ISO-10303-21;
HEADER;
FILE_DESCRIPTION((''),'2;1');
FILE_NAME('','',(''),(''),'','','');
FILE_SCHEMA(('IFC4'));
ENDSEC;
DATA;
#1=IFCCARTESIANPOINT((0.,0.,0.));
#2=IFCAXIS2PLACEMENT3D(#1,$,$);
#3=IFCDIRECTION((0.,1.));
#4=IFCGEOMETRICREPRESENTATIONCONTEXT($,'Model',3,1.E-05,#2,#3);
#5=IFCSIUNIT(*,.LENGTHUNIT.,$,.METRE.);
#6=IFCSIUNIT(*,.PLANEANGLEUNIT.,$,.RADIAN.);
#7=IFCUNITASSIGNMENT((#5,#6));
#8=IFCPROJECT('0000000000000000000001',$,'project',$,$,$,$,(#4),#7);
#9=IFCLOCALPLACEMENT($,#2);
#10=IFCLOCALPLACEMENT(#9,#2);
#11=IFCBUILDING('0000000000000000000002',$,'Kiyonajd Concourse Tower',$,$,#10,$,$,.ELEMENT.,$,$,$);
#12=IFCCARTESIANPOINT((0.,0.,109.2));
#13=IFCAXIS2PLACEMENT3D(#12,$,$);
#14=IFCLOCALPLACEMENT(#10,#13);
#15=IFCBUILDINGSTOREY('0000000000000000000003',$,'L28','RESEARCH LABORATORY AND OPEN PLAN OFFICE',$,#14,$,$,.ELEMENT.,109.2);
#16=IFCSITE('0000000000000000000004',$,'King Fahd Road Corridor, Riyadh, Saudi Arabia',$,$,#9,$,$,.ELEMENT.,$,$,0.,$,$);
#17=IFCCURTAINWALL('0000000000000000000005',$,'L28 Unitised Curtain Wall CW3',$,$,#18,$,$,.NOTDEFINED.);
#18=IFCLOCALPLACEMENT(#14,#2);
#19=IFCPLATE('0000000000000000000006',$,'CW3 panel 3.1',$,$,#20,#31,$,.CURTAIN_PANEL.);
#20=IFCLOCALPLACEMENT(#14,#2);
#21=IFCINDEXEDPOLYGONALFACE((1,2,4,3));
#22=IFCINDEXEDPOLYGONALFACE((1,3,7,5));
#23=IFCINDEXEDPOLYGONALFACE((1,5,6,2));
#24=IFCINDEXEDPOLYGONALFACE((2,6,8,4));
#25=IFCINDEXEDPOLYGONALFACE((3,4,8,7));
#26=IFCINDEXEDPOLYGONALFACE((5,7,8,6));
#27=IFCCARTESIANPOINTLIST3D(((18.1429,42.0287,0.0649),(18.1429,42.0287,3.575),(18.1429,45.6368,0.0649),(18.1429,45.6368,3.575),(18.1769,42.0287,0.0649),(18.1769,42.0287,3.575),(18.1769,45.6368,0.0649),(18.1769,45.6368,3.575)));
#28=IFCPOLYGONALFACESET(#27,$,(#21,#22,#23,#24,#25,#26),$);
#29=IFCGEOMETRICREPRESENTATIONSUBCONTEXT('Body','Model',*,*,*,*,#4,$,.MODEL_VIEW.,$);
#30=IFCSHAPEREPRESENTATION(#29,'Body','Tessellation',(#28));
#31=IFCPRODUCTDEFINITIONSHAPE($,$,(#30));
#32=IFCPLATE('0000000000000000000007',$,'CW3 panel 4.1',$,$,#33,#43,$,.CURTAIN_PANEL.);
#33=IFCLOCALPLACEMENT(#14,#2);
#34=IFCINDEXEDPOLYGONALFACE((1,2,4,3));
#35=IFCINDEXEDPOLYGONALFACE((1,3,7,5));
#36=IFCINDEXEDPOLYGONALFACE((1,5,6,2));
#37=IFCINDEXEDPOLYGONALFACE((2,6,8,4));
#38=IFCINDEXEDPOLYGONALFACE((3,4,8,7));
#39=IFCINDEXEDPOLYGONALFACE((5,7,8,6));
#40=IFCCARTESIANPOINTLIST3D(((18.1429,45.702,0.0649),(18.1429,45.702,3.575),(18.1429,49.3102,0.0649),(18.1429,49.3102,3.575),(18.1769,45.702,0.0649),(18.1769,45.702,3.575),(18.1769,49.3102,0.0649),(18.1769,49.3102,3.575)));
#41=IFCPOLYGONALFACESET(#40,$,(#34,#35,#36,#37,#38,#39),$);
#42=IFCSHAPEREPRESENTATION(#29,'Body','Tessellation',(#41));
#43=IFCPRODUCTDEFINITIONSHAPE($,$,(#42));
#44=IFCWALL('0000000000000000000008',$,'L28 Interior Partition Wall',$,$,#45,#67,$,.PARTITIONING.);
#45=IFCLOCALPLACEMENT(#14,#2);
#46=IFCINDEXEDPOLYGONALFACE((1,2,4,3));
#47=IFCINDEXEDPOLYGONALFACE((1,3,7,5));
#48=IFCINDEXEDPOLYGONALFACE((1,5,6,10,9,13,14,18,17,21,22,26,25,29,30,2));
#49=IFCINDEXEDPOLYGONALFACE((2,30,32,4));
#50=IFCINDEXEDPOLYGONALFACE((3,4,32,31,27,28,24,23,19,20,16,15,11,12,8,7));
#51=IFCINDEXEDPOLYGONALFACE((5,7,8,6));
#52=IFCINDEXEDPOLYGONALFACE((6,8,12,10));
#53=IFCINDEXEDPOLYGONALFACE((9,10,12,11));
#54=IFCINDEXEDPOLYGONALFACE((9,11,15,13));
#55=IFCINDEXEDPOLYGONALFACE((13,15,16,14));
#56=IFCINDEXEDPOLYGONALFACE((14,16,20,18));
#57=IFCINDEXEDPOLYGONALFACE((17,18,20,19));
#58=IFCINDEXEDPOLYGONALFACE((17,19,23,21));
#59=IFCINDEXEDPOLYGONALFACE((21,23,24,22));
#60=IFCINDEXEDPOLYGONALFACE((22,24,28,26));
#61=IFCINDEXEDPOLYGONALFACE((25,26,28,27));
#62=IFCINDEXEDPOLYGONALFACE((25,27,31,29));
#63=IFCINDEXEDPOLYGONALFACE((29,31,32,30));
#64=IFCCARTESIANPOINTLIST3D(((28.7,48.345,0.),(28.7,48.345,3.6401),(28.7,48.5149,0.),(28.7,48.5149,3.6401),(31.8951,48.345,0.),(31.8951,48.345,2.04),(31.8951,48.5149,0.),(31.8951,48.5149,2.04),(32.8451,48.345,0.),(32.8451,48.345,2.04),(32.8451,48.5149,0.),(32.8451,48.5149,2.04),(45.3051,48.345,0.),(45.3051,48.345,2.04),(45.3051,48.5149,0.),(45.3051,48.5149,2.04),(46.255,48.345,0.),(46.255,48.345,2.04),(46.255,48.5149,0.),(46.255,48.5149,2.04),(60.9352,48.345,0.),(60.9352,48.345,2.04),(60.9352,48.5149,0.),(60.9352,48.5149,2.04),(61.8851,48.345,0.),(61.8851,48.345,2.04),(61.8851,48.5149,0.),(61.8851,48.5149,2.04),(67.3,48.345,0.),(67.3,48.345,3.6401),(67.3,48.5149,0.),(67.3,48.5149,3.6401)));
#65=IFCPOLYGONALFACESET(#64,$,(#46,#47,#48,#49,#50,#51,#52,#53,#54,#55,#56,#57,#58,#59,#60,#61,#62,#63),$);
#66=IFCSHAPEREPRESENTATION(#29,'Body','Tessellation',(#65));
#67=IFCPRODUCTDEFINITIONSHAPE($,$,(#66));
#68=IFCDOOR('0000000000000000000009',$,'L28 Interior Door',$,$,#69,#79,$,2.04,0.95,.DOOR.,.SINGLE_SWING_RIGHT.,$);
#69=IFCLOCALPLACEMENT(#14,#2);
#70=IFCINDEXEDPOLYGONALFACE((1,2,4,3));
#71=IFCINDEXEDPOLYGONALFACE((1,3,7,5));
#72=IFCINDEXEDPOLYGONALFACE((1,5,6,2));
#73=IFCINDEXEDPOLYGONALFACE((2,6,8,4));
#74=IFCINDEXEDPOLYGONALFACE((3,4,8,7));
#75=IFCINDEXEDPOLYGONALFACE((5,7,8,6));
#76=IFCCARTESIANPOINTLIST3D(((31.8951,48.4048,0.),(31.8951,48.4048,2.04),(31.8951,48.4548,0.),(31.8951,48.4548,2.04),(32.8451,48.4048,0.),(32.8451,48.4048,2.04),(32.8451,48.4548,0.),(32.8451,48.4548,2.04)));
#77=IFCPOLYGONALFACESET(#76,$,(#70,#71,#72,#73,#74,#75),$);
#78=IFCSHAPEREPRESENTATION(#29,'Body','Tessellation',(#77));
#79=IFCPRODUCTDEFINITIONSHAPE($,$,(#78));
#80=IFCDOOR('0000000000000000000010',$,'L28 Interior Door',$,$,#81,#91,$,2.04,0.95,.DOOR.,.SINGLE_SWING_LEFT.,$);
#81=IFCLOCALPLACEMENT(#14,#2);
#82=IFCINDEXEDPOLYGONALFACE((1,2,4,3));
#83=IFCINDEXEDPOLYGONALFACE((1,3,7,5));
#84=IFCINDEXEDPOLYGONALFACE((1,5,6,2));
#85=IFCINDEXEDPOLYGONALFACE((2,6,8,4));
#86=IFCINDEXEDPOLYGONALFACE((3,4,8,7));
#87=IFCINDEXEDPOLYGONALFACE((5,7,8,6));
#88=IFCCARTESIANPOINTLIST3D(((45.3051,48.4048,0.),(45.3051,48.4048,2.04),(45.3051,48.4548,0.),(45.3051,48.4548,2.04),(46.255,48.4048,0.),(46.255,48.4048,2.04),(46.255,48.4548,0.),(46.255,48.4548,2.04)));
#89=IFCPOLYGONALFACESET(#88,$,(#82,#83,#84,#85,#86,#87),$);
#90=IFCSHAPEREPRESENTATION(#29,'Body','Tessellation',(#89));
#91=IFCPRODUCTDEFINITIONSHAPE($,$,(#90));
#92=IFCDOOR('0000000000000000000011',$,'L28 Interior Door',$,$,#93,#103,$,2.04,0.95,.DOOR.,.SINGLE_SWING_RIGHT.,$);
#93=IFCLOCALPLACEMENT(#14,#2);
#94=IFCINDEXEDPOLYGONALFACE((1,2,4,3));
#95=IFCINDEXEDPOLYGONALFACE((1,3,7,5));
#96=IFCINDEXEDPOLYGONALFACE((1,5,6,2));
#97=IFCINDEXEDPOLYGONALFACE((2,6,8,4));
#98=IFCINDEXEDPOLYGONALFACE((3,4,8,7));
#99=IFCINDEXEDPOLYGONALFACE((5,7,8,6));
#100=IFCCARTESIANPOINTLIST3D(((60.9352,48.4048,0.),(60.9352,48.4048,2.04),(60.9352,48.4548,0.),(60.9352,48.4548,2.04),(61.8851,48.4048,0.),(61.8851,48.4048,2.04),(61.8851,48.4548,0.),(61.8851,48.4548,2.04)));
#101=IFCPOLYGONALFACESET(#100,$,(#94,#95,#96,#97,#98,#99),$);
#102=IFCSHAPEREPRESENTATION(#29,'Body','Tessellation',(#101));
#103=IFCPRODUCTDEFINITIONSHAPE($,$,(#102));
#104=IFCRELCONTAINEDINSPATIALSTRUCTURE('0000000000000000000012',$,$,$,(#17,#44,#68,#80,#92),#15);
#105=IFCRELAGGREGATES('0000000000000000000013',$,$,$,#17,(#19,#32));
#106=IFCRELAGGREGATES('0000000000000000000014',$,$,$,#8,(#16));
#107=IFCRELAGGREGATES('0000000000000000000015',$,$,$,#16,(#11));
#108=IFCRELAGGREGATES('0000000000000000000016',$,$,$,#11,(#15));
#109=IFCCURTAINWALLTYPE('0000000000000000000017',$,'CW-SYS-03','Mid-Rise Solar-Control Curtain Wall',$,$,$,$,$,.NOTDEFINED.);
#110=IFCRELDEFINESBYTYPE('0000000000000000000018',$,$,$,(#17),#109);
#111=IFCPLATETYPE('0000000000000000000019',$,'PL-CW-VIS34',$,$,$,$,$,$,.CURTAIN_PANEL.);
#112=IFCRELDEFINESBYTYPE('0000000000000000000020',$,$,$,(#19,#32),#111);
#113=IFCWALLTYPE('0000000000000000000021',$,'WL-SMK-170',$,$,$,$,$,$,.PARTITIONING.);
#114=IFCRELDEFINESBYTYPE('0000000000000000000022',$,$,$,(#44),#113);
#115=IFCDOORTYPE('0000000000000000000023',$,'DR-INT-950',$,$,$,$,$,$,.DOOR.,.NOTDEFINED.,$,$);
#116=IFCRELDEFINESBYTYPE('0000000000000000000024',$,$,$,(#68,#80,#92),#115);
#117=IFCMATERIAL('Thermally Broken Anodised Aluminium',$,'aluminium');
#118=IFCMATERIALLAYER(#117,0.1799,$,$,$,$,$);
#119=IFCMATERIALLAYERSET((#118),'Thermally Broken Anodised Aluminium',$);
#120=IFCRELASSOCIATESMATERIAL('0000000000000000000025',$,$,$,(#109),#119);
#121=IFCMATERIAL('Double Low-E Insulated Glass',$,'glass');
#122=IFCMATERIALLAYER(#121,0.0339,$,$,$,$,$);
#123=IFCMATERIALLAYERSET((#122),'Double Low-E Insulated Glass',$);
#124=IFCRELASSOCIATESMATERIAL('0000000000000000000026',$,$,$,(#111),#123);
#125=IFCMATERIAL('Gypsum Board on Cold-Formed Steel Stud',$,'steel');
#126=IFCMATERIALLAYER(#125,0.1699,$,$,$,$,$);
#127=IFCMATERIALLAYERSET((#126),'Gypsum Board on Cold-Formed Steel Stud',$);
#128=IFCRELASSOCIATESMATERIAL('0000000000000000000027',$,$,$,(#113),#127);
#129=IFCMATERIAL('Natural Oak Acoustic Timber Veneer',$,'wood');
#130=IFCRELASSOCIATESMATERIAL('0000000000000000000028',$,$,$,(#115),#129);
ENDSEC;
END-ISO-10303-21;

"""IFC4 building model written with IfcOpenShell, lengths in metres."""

from ifc_helpers import new_model, si_unit, direction, frame, frame_2d, origin, origin_2d, place, context, subcontext, project, spatial, rectangle, extrude, material, layer, layer_set, type_object, element, fill, aggregate, save


model = new_model("IFC4")

# Units and contexts
model_context = context("Model", 3, precision=1e-05, world=origin(), true_north=direction((0.0, 1.0)))
body_context = subcontext(model_context, "Body", "Model", "MODEL_VIEW")
ifc_project = project(units=[si_unit("LENGTHUNIT", "METRE"), si_unit("PLANEANGLEUNIT", "RADIAN")], contexts=[model_context])

# Site, building, storey
site_placement = place(None, origin())
site = spatial("IfcSite", under=ifc_project, at=site_placement, Name="King Fahd Road Corridor, Riyadh, Saudi Arabia", CompositionType="ELEMENT", RefElevation=0.0)
building_placement = place(site_placement, origin())
building = spatial("IfcBuilding", under=site, at=building_placement, Name="Kiyonajd Concourse Tower", CompositionType="ELEMENT")
storey_placement = place(building_placement, frame((0.0, 0.0, 109.2)))
storey = spatial("IfcBuildingStorey", under=building, at=storey_placement, Name="L28", Description="RESEARCH LABORATORY AND OPEN PLAN OFFICE", CompositionType="ELEMENT", Elevation=109.2)

# Curtain wall, plates
ifc_material_1 = material(Name="Thermally Broken Anodised Aluminium", Category="aluminium")
ifc_layer_1 = layer(ifc_material_1, 0.1799)
ifc_layer_set_1 = layer_set([ifc_layer_1], Name="Thermally Broken Anodised Aluminium")
curtain_wall_type = type_object("IfcCurtainWallType", Name="CW-SYS-03", Description="Mid-Rise Solar-Control Curtain Wall", PredefinedType="NOTDEFINED", material=ifc_layer_set_1)
curtain_wall_placement = place(storey_placement, origin())
curtain_wall = element("IfcCurtainWall", 1, at=curtain_wall_placement, inside=storey, type_object=curtain_wall_type, Name="L28 Unitised Curtain Wall CW3", PredefinedType="NOTDEFINED")
ifc_material_2 = material(Name="Double Low-E Insulated Glass", Category="glass")
ifc_layer_2 = layer(ifc_material_2, 0.0339)
ifc_layer_set_2 = layer_set([ifc_layer_2], Name="Double Low-E Insulated Glass")
plate_type = type_object("IfcPlateType", Name="PL-CW-VIS34", PredefinedType="CURTAIN_PANEL", material=ifc_layer_set_2)
plate_1_placement = place(storey_placement, frame((18.1599, 43.8328, 0.0649), z_axis=(0.0, 0.0, 1.0), x_axis=(0.0, 1.0, 0.0)))
plate_1 = element("IfcPlate", 2, at=plate_1_placement, type_object=plate_type, Name="CW3 panel 3.1", PredefinedType="CURTAIN_PANEL", context=body_context, shape_type="SweptSolid", body=[
    extrude(rectangle(XDim=3.6082, YDim=0.0339, at=origin_2d()), origin(), (0.0, 0.0, 1.0), 3.51),
])
plate_2_placement = place(storey_placement, frame((18.1599, 47.5061, 0.0649), z_axis=(0.0, 0.0, 1.0), x_axis=(0.0, 1.0, 0.0)))
plate_2 = element("IfcPlate", 3, at=plate_2_placement, type_object=plate_type, Name="CW3 panel 4.1", PredefinedType="CURTAIN_PANEL", context=body_context, shape_type="SweptSolid", body=[
    extrude(rectangle(XDim=3.6082, YDim=0.0339, at=origin_2d()), origin(), (0.0, 0.0, 1.0), 3.51),
])
aggregate(curtain_wall, [plate_1, plate_2])

# Wall, openings, doors
ifc_material_3 = material(Name="Gypsum Board on Cold-Formed Steel Stud", Category="steel")
ifc_layer_3 = layer(ifc_material_3, 0.1699)
ifc_layer_set_3 = layer_set([ifc_layer_3], Name="Gypsum Board on Cold-Formed Steel Stud")
wall_type = type_object("IfcWallType", Name="WL-SMK-170", PredefinedType="PARTITIONING", material=ifc_layer_set_3)
wall_placement = place(storey_placement, frame((28.7, 48.4299, 0.0), z_axis=(0.0, 0.0, 1.0), x_axis=(1.0, 0.0, 0.0)))
wall = element("IfcWall", 4, at=wall_placement, inside=storey, type_object=wall_type, Name="L28 Interior Partition Wall", PredefinedType="PARTITIONING", context=body_context, shape_type="SweptSolid", body=[
    extrude(rectangle(XDim=38.6001, YDim=0.1699, at=frame_2d((19.3, 0.0))), origin(), (0.0, 0.0, 1.0), 3.6401),
])
opening_1_placement = place(wall_placement, frame((3.1951, 0.0, 0.0)))
opening_1 = element("IfcOpeningElement", 5, at=opening_1_placement, cuts=wall, PredefinedType="OPENING", context=body_context, shape_type="SweptSolid", body=[
    extrude(rectangle(XDim=0.95, YDim=2.04, at=frame_2d((0.4751, 1.02))), frame((0.0, 0.095, 0.0), z_axis=(0.0, -1.0, 0.0), x_axis=(1.0, 0.0, 0.0)), (0.0, 0.0, 1.0), 0.1899),
])
opening_2_placement = place(wall_placement, frame((16.605, 0.0, 0.0)))
opening_2 = element("IfcOpeningElement", 6, at=opening_2_placement, cuts=wall, PredefinedType="OPENING", context=body_context, shape_type="SweptSolid", body=[
    extrude(rectangle(XDim=0.95, YDim=2.04, at=frame_2d((0.4751, 1.02))), frame((0.0, 0.095, 0.0), z_axis=(0.0, -1.0, 0.0), x_axis=(1.0, 0.0, 0.0)), (0.0, 0.0, 1.0), 0.1899),
])
opening_3_placement = place(wall_placement, frame((32.2351, 0.0, 0.0)))
opening_3 = element("IfcOpeningElement", 7, at=opening_3_placement, cuts=wall, PredefinedType="OPENING", context=body_context, shape_type="SweptSolid", body=[
    extrude(rectangle(XDim=0.95, YDim=2.04, at=frame_2d((0.4751, 1.02))), frame((0.0, 0.095, 0.0), z_axis=(0.0, -1.0, 0.0), x_axis=(1.0, 0.0, 0.0)), (0.0, 0.0, 1.0), 0.1899),
])
ifc_material_4 = material(Name="Natural Oak Acoustic Timber Veneer", Category="wood")
door_type = type_object("IfcDoorType", Name="DR-INT-950", OperationType="NOTDEFINED", PredefinedType="DOOR", material=ifc_material_4)
door_1_placement = place(opening_1_placement, origin())
door_1 = element("IfcDoor", 8, at=door_1_placement, inside=storey, type_object=door_type, Name="L28 Interior Door", OperationType="SINGLE_SWING_RIGHT", OverallHeight=2.04, OverallWidth=0.95, PredefinedType="DOOR", context=body_context, shape_type="SweptSolid", body=[
    extrude(rectangle(XDim=0.95, YDim=2.04, at=frame_2d((0.4751, 1.02))), frame((0.0, 0.0249, 0.0), z_axis=(0.0, -1.0, 0.0), x_axis=(1.0, 0.0, 0.0)), (0.0, 0.0, 1.0), 0.05),
])
fill(opening_1, door_1)
door_2_placement = place(opening_2_placement, origin())
door_2 = element("IfcDoor", 9, at=door_2_placement, inside=storey, type_object=door_type, Name="L28 Interior Door", OperationType="SINGLE_SWING_LEFT", OverallHeight=2.04, OverallWidth=0.95, PredefinedType="DOOR", context=body_context, shape_type="SweptSolid", body=[
    extrude(rectangle(XDim=0.95, YDim=2.04, at=frame_2d((0.4751, 1.02))), frame((0.0, 0.0249, 0.0), z_axis=(0.0, -1.0, 0.0), x_axis=(1.0, 0.0, 0.0)), (0.0, 0.0, 1.0), 0.05),
])
fill(opening_2, door_2)
door_3_placement = place(opening_3_placement, origin())
door_3 = element("IfcDoor", 10, at=door_3_placement, inside=storey, type_object=door_type, Name="L28 Interior Door", OperationType="SINGLE_SWING_RIGHT", OverallHeight=2.04, OverallWidth=0.95, PredefinedType="DOOR", context=body_context, shape_type="SweptSolid", body=[
    extrude(rectangle(XDim=0.95, YDim=2.04, at=frame_2d((0.4751, 1.02))), frame((0.0, 0.0249, 0.0), z_axis=(0.0, -1.0, 0.0), x_axis=(1.0, 0.0, 0.0)), (0.0, 0.0, 1.0), 0.05),
])
fill(opening_3, door_3)

save(model, "model.ifc")
